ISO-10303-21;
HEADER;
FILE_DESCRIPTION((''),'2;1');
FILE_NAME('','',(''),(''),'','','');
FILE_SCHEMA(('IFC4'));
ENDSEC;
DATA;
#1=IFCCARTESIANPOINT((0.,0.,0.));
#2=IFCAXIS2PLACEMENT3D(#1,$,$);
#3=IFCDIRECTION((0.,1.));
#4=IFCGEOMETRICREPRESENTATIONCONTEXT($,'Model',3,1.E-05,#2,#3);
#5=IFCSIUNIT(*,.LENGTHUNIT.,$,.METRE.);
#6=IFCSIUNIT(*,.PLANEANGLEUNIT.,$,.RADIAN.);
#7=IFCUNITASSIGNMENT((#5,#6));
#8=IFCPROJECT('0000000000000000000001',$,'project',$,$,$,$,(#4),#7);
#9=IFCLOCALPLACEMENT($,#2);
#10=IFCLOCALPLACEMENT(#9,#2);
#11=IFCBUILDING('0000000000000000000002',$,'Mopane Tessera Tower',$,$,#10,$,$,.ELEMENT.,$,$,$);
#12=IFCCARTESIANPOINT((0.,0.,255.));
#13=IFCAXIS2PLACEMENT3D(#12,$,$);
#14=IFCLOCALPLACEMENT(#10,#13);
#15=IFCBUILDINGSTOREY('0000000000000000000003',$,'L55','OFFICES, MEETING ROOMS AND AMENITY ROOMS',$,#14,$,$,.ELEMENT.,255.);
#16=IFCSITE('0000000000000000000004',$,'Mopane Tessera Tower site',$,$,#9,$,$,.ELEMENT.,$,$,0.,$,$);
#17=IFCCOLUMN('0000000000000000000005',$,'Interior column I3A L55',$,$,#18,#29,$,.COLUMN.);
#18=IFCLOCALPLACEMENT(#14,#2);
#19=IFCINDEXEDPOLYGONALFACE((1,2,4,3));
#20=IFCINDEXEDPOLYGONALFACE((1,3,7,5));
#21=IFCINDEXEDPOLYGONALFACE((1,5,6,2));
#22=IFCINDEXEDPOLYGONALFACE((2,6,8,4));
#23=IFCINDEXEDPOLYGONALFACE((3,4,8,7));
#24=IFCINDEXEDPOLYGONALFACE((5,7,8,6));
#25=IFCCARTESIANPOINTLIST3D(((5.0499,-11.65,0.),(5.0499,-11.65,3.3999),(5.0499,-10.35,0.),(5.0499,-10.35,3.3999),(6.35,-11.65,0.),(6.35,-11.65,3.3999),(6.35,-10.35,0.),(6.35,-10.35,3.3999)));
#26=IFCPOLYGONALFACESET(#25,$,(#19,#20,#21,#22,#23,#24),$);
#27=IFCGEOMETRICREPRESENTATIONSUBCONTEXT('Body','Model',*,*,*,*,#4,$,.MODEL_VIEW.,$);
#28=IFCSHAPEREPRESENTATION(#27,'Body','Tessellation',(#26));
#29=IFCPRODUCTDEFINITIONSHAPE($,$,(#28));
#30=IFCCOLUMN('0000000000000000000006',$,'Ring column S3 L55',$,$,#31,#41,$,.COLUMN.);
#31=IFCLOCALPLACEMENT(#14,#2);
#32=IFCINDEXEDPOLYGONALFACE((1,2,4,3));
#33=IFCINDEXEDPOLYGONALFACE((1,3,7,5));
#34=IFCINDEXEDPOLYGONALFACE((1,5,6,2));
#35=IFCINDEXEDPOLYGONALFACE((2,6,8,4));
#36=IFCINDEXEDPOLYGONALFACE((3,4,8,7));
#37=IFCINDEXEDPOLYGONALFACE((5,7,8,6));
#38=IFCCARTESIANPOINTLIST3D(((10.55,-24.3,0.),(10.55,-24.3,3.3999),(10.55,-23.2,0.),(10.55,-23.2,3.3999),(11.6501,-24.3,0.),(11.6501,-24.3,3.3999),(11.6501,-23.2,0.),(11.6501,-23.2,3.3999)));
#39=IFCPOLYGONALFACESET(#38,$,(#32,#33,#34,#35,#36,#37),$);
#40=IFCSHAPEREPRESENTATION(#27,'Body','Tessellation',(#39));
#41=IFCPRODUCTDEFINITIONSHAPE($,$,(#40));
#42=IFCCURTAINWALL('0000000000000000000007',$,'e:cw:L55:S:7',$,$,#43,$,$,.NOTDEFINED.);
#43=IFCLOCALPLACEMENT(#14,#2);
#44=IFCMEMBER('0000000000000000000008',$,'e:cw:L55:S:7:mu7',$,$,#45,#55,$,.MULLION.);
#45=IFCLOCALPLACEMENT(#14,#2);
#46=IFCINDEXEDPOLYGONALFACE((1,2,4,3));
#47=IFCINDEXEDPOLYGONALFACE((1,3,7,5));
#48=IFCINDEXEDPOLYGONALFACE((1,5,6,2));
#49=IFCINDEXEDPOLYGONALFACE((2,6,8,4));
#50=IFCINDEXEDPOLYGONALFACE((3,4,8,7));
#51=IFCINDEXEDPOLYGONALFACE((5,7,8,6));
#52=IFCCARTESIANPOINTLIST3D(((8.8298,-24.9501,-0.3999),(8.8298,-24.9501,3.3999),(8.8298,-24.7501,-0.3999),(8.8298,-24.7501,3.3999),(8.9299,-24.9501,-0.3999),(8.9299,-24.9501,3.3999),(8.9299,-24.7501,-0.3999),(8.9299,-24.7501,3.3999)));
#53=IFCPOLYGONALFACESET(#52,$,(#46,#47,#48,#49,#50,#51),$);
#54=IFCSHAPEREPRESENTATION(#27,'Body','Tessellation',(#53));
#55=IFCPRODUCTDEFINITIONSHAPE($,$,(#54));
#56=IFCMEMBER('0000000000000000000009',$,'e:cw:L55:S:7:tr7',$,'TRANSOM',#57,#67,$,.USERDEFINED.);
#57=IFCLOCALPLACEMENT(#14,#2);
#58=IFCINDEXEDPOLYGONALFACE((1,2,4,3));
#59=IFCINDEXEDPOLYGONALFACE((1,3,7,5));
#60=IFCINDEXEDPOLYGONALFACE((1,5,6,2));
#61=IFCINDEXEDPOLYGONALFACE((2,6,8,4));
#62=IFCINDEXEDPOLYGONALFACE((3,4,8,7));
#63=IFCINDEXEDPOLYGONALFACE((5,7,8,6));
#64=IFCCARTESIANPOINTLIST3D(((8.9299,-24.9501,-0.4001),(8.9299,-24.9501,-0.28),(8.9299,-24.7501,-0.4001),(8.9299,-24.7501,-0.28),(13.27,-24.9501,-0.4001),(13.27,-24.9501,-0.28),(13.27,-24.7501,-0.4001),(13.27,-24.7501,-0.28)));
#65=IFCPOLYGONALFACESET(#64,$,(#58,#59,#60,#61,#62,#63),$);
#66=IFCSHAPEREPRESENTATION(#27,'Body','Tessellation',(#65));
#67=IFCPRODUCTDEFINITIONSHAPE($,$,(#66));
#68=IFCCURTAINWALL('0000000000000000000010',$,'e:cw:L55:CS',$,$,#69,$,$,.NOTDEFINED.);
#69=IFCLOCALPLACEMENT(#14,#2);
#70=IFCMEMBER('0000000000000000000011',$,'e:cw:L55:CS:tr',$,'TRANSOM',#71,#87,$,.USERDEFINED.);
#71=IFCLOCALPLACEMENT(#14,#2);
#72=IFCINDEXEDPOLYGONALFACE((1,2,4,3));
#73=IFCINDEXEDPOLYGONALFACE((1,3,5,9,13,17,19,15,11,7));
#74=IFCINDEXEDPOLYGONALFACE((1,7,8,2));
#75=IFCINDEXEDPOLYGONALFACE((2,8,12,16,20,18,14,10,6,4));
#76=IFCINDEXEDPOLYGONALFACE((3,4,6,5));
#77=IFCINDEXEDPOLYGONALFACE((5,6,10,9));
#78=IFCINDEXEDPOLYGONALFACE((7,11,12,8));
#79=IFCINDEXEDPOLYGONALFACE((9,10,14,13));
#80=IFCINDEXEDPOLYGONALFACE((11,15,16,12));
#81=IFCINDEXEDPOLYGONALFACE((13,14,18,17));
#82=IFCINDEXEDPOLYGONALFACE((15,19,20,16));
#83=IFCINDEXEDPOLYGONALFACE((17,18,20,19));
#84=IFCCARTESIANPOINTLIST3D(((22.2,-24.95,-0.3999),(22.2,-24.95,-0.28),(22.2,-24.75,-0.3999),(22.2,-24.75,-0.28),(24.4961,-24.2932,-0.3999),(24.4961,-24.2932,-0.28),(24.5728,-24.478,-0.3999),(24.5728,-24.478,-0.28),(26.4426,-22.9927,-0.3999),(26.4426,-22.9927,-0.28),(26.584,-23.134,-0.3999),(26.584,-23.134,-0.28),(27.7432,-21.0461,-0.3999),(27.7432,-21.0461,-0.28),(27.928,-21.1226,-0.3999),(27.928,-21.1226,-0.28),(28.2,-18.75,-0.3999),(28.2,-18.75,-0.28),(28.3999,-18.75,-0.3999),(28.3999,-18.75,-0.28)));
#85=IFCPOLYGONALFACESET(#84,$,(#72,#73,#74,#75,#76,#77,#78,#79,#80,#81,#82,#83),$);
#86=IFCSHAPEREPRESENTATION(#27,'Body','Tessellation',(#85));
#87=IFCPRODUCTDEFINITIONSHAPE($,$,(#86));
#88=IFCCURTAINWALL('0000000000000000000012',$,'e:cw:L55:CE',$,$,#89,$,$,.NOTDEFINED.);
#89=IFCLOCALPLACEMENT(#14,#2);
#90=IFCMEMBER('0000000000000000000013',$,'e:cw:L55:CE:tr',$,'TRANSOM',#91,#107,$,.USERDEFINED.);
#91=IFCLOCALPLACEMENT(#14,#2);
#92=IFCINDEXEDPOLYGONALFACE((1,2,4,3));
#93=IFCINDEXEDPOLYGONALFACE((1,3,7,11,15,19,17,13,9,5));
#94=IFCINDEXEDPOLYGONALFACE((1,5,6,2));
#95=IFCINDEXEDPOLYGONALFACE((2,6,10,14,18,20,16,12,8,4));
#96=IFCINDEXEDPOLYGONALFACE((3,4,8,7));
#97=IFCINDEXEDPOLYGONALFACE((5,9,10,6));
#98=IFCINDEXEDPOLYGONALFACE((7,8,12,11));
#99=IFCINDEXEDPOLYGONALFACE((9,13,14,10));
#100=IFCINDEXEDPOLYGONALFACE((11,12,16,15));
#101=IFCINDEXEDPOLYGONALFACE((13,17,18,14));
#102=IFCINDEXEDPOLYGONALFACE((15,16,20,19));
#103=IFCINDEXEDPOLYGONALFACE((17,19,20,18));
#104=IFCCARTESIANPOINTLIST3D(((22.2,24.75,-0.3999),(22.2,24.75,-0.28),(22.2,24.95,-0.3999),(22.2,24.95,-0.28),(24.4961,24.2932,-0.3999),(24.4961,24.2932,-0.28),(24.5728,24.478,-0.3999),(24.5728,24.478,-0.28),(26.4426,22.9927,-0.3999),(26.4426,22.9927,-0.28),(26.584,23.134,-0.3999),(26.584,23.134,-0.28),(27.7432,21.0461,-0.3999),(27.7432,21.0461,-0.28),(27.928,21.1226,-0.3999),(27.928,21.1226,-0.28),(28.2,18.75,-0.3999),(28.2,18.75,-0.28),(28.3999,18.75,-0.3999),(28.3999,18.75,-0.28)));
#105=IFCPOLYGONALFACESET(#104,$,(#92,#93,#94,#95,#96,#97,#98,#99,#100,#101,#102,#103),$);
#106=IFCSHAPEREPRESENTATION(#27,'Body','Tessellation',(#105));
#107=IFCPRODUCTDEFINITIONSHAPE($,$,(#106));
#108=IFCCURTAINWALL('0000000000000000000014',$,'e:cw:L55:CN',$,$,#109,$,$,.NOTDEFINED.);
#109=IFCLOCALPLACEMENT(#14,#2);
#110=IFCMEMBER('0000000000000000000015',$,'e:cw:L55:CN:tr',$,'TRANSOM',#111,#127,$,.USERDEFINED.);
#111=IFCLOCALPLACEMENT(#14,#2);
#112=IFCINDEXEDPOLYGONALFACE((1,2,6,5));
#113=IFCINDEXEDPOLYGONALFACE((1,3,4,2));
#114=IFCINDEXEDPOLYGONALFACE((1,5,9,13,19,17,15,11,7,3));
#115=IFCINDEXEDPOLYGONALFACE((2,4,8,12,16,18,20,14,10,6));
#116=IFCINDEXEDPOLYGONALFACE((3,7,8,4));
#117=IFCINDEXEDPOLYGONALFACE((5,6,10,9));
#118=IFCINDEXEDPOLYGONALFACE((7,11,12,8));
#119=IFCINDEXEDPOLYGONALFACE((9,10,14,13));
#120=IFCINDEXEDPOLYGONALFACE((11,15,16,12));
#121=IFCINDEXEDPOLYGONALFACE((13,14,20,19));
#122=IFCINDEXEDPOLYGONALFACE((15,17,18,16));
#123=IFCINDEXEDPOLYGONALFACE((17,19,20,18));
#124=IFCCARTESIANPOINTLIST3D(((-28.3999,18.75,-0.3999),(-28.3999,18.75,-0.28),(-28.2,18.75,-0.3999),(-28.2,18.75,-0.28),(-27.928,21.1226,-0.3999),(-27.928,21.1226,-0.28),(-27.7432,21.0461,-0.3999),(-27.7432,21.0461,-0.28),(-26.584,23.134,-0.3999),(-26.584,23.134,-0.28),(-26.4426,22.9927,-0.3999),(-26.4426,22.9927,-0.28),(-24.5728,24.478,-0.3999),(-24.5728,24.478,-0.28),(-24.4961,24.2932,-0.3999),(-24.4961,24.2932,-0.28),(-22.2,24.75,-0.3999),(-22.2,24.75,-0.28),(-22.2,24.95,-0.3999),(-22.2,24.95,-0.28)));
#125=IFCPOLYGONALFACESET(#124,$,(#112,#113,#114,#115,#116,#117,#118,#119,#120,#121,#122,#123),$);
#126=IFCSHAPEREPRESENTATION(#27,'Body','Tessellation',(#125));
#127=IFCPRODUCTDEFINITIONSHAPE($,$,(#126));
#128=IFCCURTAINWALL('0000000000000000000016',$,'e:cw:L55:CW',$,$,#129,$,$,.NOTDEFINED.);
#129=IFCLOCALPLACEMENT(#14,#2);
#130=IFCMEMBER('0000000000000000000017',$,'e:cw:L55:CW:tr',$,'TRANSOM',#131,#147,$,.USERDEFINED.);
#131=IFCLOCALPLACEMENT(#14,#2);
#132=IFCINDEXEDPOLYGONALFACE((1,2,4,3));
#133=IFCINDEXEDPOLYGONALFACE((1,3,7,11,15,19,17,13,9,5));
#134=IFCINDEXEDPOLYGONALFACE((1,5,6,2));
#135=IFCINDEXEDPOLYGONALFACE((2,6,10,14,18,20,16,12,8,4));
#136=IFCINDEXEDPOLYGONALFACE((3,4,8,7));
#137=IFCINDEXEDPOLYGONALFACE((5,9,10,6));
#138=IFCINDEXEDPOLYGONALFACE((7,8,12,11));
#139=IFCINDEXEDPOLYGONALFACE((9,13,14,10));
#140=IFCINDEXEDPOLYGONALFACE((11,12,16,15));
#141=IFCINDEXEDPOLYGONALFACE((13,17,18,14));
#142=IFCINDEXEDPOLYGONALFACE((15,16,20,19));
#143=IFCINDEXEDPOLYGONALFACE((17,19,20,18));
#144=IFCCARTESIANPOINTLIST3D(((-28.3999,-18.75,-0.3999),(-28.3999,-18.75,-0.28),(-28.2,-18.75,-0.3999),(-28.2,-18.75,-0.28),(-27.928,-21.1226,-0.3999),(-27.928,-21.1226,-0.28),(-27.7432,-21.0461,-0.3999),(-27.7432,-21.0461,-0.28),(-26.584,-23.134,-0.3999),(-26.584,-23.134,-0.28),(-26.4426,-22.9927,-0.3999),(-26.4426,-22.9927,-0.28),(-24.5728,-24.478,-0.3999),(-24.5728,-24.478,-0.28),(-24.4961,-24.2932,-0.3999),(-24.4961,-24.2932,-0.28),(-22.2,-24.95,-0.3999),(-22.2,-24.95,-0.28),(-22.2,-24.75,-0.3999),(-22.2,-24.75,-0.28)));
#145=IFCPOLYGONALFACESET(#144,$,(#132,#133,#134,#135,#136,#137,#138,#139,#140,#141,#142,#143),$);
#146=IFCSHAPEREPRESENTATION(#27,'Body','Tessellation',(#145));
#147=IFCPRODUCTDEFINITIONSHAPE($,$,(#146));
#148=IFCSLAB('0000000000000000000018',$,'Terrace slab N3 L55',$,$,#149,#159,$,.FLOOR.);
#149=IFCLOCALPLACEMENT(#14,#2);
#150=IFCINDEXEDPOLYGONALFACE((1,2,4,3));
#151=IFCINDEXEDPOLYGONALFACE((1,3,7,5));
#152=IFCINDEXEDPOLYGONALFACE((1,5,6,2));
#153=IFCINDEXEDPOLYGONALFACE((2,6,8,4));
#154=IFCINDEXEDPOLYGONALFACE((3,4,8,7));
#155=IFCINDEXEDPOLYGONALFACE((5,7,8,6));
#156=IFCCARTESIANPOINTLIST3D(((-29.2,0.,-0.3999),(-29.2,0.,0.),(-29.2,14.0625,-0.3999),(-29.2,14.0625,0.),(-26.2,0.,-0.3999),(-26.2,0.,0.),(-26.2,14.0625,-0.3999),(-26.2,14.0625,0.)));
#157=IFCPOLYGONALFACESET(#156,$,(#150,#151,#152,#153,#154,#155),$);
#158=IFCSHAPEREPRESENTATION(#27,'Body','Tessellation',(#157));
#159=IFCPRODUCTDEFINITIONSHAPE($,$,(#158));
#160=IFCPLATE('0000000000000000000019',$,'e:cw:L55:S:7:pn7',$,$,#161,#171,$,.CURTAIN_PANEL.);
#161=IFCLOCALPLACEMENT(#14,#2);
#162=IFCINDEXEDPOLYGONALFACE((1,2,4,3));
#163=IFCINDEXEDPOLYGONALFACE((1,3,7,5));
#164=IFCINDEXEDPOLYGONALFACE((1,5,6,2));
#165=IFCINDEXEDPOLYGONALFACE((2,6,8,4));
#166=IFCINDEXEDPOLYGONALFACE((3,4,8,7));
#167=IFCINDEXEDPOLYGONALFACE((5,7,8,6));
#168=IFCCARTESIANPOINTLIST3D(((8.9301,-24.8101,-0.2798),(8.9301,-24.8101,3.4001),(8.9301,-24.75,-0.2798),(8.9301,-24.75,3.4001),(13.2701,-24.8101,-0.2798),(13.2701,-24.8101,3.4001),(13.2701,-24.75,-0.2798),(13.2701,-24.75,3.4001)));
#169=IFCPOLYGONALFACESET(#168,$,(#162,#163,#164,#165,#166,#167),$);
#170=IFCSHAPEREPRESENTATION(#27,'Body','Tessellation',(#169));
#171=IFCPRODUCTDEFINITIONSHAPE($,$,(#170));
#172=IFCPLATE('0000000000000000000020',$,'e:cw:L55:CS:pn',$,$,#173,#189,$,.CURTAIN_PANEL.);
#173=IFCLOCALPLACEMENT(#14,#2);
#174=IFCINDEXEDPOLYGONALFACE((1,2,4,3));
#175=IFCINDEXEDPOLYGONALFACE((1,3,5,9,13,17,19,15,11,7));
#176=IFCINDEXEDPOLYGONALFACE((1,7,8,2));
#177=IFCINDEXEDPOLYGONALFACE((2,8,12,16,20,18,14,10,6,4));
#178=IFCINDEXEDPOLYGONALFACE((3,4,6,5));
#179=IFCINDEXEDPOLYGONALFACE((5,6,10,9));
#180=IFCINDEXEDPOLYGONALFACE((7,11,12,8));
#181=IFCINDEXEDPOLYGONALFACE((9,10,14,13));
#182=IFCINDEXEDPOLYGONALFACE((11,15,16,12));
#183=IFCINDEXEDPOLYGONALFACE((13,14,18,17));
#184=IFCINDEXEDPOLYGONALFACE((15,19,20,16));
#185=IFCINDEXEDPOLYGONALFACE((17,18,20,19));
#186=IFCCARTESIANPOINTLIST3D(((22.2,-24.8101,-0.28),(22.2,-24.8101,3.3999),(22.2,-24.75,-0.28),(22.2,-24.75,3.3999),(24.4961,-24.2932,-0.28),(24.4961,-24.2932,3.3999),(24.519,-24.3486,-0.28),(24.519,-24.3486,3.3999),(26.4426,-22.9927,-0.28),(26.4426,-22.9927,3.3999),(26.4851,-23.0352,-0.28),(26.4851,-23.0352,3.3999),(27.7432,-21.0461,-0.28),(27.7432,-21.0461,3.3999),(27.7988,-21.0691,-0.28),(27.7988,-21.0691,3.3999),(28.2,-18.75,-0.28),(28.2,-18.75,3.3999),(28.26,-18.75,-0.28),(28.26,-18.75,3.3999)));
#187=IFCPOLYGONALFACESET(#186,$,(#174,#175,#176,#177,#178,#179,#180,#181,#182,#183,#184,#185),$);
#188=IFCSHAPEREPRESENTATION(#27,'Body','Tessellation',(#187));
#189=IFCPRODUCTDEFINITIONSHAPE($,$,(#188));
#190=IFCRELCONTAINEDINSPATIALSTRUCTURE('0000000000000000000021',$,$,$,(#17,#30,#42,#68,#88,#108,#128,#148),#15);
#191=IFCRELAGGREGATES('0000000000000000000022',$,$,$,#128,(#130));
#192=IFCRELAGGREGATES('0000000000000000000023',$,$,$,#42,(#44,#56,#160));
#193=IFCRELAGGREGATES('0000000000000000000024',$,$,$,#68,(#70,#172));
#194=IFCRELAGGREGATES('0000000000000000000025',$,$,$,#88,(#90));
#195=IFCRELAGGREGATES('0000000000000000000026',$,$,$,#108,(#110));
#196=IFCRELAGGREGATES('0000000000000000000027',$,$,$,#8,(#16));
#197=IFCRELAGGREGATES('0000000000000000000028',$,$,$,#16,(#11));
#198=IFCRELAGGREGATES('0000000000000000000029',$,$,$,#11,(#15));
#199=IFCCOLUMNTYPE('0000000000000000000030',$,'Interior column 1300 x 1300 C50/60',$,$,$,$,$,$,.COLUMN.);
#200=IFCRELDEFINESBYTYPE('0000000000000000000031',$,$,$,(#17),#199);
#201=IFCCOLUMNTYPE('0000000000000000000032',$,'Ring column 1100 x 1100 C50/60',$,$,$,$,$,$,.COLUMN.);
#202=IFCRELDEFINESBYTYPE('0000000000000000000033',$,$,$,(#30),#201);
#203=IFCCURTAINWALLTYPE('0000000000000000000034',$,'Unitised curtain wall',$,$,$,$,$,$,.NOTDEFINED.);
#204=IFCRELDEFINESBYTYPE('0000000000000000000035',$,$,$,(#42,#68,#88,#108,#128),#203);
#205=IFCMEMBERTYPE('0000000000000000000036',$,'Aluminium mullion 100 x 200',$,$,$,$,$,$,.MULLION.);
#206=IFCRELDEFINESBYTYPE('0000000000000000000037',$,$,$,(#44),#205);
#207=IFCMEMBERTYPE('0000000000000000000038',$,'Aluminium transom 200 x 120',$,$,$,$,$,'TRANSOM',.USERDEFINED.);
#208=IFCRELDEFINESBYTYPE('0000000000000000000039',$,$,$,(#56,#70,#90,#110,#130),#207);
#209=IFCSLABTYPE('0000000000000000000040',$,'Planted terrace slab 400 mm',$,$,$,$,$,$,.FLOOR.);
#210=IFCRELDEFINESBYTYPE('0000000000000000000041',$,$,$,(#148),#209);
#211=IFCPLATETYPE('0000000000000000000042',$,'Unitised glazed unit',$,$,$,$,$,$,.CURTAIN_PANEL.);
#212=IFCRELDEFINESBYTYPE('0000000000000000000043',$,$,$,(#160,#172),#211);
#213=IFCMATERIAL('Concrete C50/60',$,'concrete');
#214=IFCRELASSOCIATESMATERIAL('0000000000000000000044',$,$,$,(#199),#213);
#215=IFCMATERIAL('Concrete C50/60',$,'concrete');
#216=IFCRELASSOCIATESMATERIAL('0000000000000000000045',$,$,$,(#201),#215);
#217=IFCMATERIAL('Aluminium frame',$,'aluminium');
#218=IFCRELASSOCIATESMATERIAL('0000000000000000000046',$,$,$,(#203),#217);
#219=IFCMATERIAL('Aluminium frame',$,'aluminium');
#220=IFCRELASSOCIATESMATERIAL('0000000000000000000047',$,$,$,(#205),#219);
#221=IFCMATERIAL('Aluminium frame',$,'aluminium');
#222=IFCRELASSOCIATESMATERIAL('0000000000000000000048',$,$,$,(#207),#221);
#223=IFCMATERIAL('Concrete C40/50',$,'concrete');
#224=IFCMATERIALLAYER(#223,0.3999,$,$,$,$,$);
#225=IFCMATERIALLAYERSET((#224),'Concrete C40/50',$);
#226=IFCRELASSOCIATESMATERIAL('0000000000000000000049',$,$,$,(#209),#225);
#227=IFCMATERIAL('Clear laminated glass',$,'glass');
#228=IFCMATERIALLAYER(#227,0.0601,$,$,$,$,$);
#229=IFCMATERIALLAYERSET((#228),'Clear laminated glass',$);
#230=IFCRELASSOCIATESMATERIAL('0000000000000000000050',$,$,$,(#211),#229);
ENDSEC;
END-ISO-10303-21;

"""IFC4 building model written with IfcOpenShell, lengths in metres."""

from ifc_helpers import new_model, si_unit, direction, frame, origin, origin_2d, place, context, subcontext, project, spatial, polyline, rectangle, outline, extrude, material, layer, layer_set, material_profile, profile_set, type_object, element, aggregate, save


model = new_model("IFC4")

# Units and contexts
model_context = context("Model", 3, precision=1e-05, world=origin(), true_north=direction((0.0, 1.0)))
body_context = subcontext(model_context, "Body", "Model", "MODEL_VIEW")
ifc_project = project(units=[si_unit("LENGTHUNIT", "METRE"), si_unit("PLANEANGLEUNIT", "RADIAN")], contexts=[model_context])

# Site, building, storey
site_placement = place(None, origin())
site = spatial("IfcSite", under=ifc_project, at=site_placement, Name="Mopane Tessera Tower site", CompositionType="ELEMENT", RefElevation=0.0)
building_placement = place(site_placement, origin())
building = spatial("IfcBuilding", under=site, at=building_placement, Name="Mopane Tessera Tower", CompositionType="ELEMENT")
storey_placement = place(building_placement, frame((0.0, 0.0, 255.0)))
storey = spatial("IfcBuildingStorey", under=building, at=storey_placement, Name="L55", Description="OFFICES, MEETING ROOMS AND AMENITY ROOMS", CompositionType="ELEMENT", Elevation=255.0)

# Columns
ifc_material_1 = material(Name="Concrete C50/60", Category="concrete")
ifc_material_profile_1 = material_profile(ifc_material_1, rectangle(XDim=1.3, YDim=1.3, at=origin_2d()))
ifc_profile_set_1 = profile_set([ifc_material_profile_1], Name="Concrete C50/60")
column_type_1 = type_object("IfcColumnType", Name="Interior column 1300 x 1300 C50/60", PredefinedType="COLUMN", material=ifc_profile_set_1)
column_1_placement = place(storey_placement, frame((5.7, -11.0, 0.0), z_axis=(0.0, 0.0, 1.0), x_axis=(1.0, 0.0, 0.0)))
element("IfcColumn", 1, at=column_1_placement, inside=storey, type_object=column_type_1, Name="Interior column I3A L55", PredefinedType="COLUMN", context=body_context, shape_type="SweptSolid", body=[
    extrude(rectangle(XDim=1.3, YDim=1.3, at=origin_2d()), origin(), (0.0, 0.0, 1.0), 3.3999),
])
ifc_material_2 = material(Name="Concrete C50/60", Category="concrete")
ifc_material_profile_2 = material_profile(ifc_material_2, rectangle(XDim=1.1001, YDim=1.1001, at=origin_2d()))
ifc_profile_set_2 = profile_set([ifc_material_profile_2], Name="Concrete C50/60")
column_type_2 = type_object("IfcColumnType", Name="Ring column 1100 x 1100 C50/60", PredefinedType="COLUMN", material=ifc_profile_set_2)
column_2_placement = place(storey_placement, frame((11.1001, -23.75, 0.0), z_axis=(0.0, 0.0, 1.0), x_axis=(1.0, 0.0, 0.0)))
element("IfcColumn", 2, at=column_2_placement, inside=storey, type_object=column_type_2, Name="Ring column S3 L55", PredefinedType="COLUMN", context=body_context, shape_type="SweptSolid", body=[
    extrude(rectangle(XDim=1.1001, YDim=1.1001, at=origin_2d()), origin(), (0.0, 0.0, 1.0), 3.3999),
])

# Curtain wall, members
ifc_material_3 = material(Name="Aluminium frame", Category="aluminium")
curtain_wall_type = type_object("IfcCurtainWallType", Name="Unitised curtain wall", PredefinedType="NOTDEFINED", material=ifc_material_3)
curtain_wall_1_placement = place(storey_placement, origin())
curtain_wall_1 = element("IfcCurtainWall", 3, at=curtain_wall_1_placement, inside=storey, type_object=curtain_wall_type, Name="e:cw:L55:S:7", PredefinedType="NOTDEFINED")
ifc_material_4 = material(Name="Aluminium frame", Category="aluminium")
ifc_material_profile_3 = material_profile(ifc_material_4, rectangle(XDim=0.1001, YDim=0.2, at=origin_2d()))
ifc_profile_set_3 = profile_set([ifc_material_profile_3], Name="Aluminium frame")
member_type_1 = type_object("IfcMemberType", Name="Aluminium mullion 100 x 200", PredefinedType="MULLION", material=ifc_profile_set_3)
member_1_placement = place(storey_placement, frame((8.8799, -24.8501, -0.3999), z_axis=(0.0, 0.0, 1.0), x_axis=(1.0, 0.0, 0.0)))
member_1 = element("IfcMember", 4, at=member_1_placement, type_object=member_type_1, Name="e:cw:L55:S:7:mu7", PredefinedType="MULLION", context=body_context, shape_type="SweptSolid", body=[
    extrude(rectangle(XDim=0.1001, YDim=0.2, at=origin_2d()), origin(), (0.0, 0.0, 1.0), 3.7998),
])
ifc_material_5 = material(Name="Aluminium frame", Category="aluminium")
ifc_material_profile_4 = material_profile(ifc_material_5, rectangle(XDim=0.2, YDim=0.1201, at=origin_2d()))
ifc_profile_set_4 = profile_set([ifc_material_profile_4], Name="Aluminium frame")
member_type_2 = type_object("IfcMemberType", Name="Aluminium transom 200 x 120", ElementType="TRANSOM", PredefinedType="USERDEFINED", material=ifc_profile_set_4)
member_2_placement = place(storey_placement, frame((8.9299, -24.8501, -0.3401), z_axis=(1.0, 0.0, 0.0), x_axis=(0.0, 1.0, 0.0)))
member_2 = element("IfcMember", 5, at=member_2_placement, type_object=member_type_2, Name="e:cw:L55:S:7:tr7", ObjectType="TRANSOM", PredefinedType="USERDEFINED", context=body_context, shape_type="SweptSolid", body=[
    extrude(rectangle(XDim=0.2, YDim=0.1201, at=origin_2d()), origin(), (0.0, 0.0, 1.0), 4.3401),
])

# Curtain walls, members
curtain_wall_2_placement = place(storey_placement, origin())
curtain_wall_2 = element("IfcCurtainWall", 6, at=curtain_wall_2_placement, inside=storey, type_object=curtain_wall_type, Name="e:cw:L55:CS", PredefinedType="NOTDEFINED")
member_3_placement = place(storey_placement, frame((0.0, 0.0, -0.3999)))
member_3 = element("IfcMember", 7, at=member_3_placement, type_object=member_type_2, Name="e:cw:L55:CS:tr", ObjectType="TRANSOM", PredefinedType="USERDEFINED", context=body_context, shape_type="SweptSolid", body=[
    extrude(outline(polyline([(22.2, -24.75), (24.4961, -24.2932), (26.4426, -22.9927), (27.7432, -21.0461), (28.2, -18.75), (28.3999, -18.75), (27.928, -21.1226), (26.584, -23.134), (24.5728, -24.478), (22.2, -24.95), (22.2, -24.75)])), origin(), (0.0, 0.0, 1.0), 0.1199),
])
curtain_wall_3_placement = place(storey_placement, origin())
curtain_wall_3 = element("IfcCurtainWall", 8, at=curtain_wall_3_placement, inside=storey, type_object=curtain_wall_type, Name="e:cw:L55:CE", PredefinedType="NOTDEFINED")
member_4_placement = place(storey_placement, frame((0.0, 0.0, -0.3999)))
member_4 = element("IfcMember", 9, at=member_4_placement, type_object=member_type_2, Name="e:cw:L55:CE:tr", ObjectType="TRANSOM", PredefinedType="USERDEFINED", context=body_context, shape_type="SweptSolid", body=[
    extrude(outline(polyline([(28.2, 18.75), (27.7432, 21.0461), (26.4426, 22.9927), (24.4961, 24.2932), (22.2, 24.75), (22.2, 24.95), (24.5728, 24.478), (26.584, 23.134), (27.928, 21.1226), (28.3999, 18.75), (28.2, 18.75)])), origin(), (0.0, 0.0, 1.0), 0.1199),
])
curtain_wall_4_placement = place(storey_placement, origin())
curtain_wall_4 = element("IfcCurtainWall", 10, at=curtain_wall_4_placement, inside=storey, type_object=curtain_wall_type, Name="e:cw:L55:CN", PredefinedType="NOTDEFINED")
member_5_placement = place(storey_placement, frame((0.0, 0.0, -0.3999)))
member_5 = element("IfcMember", 11, at=member_5_placement, type_object=member_type_2, Name="e:cw:L55:CN:tr", ObjectType="TRANSOM", PredefinedType="USERDEFINED", context=body_context, shape_type="SweptSolid", body=[
    extrude(outline(polyline([(-22.2, 24.75), (-24.4961, 24.2932), (-26.4426, 22.9927), (-27.7432, 21.0461), (-28.2, 18.75), (-28.3999, 18.75), (-27.928, 21.1226), (-26.584, 23.134), (-24.5728, 24.478), (-22.2, 24.95), (-22.2, 24.75)])), origin(), (0.0, 0.0, 1.0), 0.1199),
])
curtain_wall_5_placement = place(storey_placement, origin())
curtain_wall_5 = element("IfcCurtainWall", 12, at=curtain_wall_5_placement, inside=storey, type_object=curtain_wall_type, Name="e:cw:L55:CW", PredefinedType="NOTDEFINED")
member_6_placement = place(storey_placement, frame((0.0, 0.0, -0.3999)))
member_6 = element("IfcMember", 13, at=member_6_placement, type_object=member_type_2, Name="e:cw:L55:CW:tr", ObjectType="TRANSOM", PredefinedType="USERDEFINED", context=body_context, shape_type="SweptSolid", body=[
    extrude(outline(polyline([(-28.2, -18.75), (-27.7432, -21.0461), (-26.4426, -22.9927), (-24.4961, -24.2932), (-22.2, -24.75), (-22.2, -24.95), (-24.5728, -24.478), (-26.584, -23.134), (-27.928, -21.1226), (-28.3999, -18.75), (-28.2, -18.75)])), origin(), (0.0, 0.0, 1.0), 0.1199),
])
aggregate(curtain_wall_5, [member_6])

# Slab
ifc_material_6 = material(Name="Concrete C40/50", Category="concrete")
ifc_layer_1 = layer(ifc_material_6, 0.3999)
ifc_layer_set_1 = layer_set([ifc_layer_1], Name="Concrete C40/50")
slab_type = type_object("IfcSlabType", Name="Planted terrace slab 400 mm", PredefinedType="FLOOR", material=ifc_layer_set_1)
slab_placement = place(storey_placement, frame((0.0, 0.0, -0.3999)))
element("IfcSlab", 14, at=slab_placement, inside=storey, type_object=slab_type, Name="Terrace slab N3 L55", PredefinedType="FLOOR", context=body_context, shape_type="SweptSolid", body=[
    extrude(outline(polyline([(-29.2, 0.0), (-26.2, 0.0), (-26.2, 14.0625), (-29.2, 14.0625), (-29.2, 0.0)])), origin(), (0.0, 0.0, 1.0), 0.3999),
])

# Plates
ifc_material_7 = material(Name="Clear laminated glass", Category="glass")
ifc_layer_2 = layer(ifc_material_7, 0.0601)
ifc_layer_set_2 = layer_set([ifc_layer_2], Name="Clear laminated glass")
plate_type = type_object("IfcPlateType", Name="Unitised glazed unit", PredefinedType="CURTAIN_PANEL", material=ifc_layer_set_2)
plate_1_placement = place(storey_placement, frame((11.1001, -24.78, -0.2798), z_axis=(0.0, 0.0, 1.0), x_axis=(1.0, 0.0, 0.0)))
plate_1 = element("IfcPlate", 15, at=plate_1_placement, type_object=plate_type, Name="e:cw:L55:S:7:pn7", PredefinedType="CURTAIN_PANEL", context=body_context, shape_type="SweptSolid", body=[
    extrude(rectangle(XDim=4.3401, YDim=0.0601, at=origin_2d()), origin(), (0.0, 0.0, 1.0), 3.6799),
])
aggregate(curtain_wall_1, [member_1, member_2, plate_1])
plate_2_placement = place(storey_placement, frame((0.0, 0.0, -0.28)))
plate_2 = element("IfcPlate", 16, at=plate_2_placement, type_object=plate_type, Name="e:cw:L55:CS:pn", PredefinedType="CURTAIN_PANEL", context=body_context, shape_type="SweptSolid", body=[
    extrude(outline(polyline([(22.2, -24.75), (24.4961, -24.2932), (26.4426, -22.9927), (27.7432, -21.0461), (28.2, -18.75), (28.26, -18.75), (27.7988, -21.0691), (26.4851, -23.0352), (24.519, -24.3486), (22.2, -24.8101), (22.2, -24.75)])), origin(), (0.0, 0.0, 1.0), 3.6799),
])
aggregate(curtain_wall_2, [member_3, plate_2])
aggregate(curtain_wall_3, [member_4])
aggregate(curtain_wall_4, [member_5])

save(model, "model.ifc")
